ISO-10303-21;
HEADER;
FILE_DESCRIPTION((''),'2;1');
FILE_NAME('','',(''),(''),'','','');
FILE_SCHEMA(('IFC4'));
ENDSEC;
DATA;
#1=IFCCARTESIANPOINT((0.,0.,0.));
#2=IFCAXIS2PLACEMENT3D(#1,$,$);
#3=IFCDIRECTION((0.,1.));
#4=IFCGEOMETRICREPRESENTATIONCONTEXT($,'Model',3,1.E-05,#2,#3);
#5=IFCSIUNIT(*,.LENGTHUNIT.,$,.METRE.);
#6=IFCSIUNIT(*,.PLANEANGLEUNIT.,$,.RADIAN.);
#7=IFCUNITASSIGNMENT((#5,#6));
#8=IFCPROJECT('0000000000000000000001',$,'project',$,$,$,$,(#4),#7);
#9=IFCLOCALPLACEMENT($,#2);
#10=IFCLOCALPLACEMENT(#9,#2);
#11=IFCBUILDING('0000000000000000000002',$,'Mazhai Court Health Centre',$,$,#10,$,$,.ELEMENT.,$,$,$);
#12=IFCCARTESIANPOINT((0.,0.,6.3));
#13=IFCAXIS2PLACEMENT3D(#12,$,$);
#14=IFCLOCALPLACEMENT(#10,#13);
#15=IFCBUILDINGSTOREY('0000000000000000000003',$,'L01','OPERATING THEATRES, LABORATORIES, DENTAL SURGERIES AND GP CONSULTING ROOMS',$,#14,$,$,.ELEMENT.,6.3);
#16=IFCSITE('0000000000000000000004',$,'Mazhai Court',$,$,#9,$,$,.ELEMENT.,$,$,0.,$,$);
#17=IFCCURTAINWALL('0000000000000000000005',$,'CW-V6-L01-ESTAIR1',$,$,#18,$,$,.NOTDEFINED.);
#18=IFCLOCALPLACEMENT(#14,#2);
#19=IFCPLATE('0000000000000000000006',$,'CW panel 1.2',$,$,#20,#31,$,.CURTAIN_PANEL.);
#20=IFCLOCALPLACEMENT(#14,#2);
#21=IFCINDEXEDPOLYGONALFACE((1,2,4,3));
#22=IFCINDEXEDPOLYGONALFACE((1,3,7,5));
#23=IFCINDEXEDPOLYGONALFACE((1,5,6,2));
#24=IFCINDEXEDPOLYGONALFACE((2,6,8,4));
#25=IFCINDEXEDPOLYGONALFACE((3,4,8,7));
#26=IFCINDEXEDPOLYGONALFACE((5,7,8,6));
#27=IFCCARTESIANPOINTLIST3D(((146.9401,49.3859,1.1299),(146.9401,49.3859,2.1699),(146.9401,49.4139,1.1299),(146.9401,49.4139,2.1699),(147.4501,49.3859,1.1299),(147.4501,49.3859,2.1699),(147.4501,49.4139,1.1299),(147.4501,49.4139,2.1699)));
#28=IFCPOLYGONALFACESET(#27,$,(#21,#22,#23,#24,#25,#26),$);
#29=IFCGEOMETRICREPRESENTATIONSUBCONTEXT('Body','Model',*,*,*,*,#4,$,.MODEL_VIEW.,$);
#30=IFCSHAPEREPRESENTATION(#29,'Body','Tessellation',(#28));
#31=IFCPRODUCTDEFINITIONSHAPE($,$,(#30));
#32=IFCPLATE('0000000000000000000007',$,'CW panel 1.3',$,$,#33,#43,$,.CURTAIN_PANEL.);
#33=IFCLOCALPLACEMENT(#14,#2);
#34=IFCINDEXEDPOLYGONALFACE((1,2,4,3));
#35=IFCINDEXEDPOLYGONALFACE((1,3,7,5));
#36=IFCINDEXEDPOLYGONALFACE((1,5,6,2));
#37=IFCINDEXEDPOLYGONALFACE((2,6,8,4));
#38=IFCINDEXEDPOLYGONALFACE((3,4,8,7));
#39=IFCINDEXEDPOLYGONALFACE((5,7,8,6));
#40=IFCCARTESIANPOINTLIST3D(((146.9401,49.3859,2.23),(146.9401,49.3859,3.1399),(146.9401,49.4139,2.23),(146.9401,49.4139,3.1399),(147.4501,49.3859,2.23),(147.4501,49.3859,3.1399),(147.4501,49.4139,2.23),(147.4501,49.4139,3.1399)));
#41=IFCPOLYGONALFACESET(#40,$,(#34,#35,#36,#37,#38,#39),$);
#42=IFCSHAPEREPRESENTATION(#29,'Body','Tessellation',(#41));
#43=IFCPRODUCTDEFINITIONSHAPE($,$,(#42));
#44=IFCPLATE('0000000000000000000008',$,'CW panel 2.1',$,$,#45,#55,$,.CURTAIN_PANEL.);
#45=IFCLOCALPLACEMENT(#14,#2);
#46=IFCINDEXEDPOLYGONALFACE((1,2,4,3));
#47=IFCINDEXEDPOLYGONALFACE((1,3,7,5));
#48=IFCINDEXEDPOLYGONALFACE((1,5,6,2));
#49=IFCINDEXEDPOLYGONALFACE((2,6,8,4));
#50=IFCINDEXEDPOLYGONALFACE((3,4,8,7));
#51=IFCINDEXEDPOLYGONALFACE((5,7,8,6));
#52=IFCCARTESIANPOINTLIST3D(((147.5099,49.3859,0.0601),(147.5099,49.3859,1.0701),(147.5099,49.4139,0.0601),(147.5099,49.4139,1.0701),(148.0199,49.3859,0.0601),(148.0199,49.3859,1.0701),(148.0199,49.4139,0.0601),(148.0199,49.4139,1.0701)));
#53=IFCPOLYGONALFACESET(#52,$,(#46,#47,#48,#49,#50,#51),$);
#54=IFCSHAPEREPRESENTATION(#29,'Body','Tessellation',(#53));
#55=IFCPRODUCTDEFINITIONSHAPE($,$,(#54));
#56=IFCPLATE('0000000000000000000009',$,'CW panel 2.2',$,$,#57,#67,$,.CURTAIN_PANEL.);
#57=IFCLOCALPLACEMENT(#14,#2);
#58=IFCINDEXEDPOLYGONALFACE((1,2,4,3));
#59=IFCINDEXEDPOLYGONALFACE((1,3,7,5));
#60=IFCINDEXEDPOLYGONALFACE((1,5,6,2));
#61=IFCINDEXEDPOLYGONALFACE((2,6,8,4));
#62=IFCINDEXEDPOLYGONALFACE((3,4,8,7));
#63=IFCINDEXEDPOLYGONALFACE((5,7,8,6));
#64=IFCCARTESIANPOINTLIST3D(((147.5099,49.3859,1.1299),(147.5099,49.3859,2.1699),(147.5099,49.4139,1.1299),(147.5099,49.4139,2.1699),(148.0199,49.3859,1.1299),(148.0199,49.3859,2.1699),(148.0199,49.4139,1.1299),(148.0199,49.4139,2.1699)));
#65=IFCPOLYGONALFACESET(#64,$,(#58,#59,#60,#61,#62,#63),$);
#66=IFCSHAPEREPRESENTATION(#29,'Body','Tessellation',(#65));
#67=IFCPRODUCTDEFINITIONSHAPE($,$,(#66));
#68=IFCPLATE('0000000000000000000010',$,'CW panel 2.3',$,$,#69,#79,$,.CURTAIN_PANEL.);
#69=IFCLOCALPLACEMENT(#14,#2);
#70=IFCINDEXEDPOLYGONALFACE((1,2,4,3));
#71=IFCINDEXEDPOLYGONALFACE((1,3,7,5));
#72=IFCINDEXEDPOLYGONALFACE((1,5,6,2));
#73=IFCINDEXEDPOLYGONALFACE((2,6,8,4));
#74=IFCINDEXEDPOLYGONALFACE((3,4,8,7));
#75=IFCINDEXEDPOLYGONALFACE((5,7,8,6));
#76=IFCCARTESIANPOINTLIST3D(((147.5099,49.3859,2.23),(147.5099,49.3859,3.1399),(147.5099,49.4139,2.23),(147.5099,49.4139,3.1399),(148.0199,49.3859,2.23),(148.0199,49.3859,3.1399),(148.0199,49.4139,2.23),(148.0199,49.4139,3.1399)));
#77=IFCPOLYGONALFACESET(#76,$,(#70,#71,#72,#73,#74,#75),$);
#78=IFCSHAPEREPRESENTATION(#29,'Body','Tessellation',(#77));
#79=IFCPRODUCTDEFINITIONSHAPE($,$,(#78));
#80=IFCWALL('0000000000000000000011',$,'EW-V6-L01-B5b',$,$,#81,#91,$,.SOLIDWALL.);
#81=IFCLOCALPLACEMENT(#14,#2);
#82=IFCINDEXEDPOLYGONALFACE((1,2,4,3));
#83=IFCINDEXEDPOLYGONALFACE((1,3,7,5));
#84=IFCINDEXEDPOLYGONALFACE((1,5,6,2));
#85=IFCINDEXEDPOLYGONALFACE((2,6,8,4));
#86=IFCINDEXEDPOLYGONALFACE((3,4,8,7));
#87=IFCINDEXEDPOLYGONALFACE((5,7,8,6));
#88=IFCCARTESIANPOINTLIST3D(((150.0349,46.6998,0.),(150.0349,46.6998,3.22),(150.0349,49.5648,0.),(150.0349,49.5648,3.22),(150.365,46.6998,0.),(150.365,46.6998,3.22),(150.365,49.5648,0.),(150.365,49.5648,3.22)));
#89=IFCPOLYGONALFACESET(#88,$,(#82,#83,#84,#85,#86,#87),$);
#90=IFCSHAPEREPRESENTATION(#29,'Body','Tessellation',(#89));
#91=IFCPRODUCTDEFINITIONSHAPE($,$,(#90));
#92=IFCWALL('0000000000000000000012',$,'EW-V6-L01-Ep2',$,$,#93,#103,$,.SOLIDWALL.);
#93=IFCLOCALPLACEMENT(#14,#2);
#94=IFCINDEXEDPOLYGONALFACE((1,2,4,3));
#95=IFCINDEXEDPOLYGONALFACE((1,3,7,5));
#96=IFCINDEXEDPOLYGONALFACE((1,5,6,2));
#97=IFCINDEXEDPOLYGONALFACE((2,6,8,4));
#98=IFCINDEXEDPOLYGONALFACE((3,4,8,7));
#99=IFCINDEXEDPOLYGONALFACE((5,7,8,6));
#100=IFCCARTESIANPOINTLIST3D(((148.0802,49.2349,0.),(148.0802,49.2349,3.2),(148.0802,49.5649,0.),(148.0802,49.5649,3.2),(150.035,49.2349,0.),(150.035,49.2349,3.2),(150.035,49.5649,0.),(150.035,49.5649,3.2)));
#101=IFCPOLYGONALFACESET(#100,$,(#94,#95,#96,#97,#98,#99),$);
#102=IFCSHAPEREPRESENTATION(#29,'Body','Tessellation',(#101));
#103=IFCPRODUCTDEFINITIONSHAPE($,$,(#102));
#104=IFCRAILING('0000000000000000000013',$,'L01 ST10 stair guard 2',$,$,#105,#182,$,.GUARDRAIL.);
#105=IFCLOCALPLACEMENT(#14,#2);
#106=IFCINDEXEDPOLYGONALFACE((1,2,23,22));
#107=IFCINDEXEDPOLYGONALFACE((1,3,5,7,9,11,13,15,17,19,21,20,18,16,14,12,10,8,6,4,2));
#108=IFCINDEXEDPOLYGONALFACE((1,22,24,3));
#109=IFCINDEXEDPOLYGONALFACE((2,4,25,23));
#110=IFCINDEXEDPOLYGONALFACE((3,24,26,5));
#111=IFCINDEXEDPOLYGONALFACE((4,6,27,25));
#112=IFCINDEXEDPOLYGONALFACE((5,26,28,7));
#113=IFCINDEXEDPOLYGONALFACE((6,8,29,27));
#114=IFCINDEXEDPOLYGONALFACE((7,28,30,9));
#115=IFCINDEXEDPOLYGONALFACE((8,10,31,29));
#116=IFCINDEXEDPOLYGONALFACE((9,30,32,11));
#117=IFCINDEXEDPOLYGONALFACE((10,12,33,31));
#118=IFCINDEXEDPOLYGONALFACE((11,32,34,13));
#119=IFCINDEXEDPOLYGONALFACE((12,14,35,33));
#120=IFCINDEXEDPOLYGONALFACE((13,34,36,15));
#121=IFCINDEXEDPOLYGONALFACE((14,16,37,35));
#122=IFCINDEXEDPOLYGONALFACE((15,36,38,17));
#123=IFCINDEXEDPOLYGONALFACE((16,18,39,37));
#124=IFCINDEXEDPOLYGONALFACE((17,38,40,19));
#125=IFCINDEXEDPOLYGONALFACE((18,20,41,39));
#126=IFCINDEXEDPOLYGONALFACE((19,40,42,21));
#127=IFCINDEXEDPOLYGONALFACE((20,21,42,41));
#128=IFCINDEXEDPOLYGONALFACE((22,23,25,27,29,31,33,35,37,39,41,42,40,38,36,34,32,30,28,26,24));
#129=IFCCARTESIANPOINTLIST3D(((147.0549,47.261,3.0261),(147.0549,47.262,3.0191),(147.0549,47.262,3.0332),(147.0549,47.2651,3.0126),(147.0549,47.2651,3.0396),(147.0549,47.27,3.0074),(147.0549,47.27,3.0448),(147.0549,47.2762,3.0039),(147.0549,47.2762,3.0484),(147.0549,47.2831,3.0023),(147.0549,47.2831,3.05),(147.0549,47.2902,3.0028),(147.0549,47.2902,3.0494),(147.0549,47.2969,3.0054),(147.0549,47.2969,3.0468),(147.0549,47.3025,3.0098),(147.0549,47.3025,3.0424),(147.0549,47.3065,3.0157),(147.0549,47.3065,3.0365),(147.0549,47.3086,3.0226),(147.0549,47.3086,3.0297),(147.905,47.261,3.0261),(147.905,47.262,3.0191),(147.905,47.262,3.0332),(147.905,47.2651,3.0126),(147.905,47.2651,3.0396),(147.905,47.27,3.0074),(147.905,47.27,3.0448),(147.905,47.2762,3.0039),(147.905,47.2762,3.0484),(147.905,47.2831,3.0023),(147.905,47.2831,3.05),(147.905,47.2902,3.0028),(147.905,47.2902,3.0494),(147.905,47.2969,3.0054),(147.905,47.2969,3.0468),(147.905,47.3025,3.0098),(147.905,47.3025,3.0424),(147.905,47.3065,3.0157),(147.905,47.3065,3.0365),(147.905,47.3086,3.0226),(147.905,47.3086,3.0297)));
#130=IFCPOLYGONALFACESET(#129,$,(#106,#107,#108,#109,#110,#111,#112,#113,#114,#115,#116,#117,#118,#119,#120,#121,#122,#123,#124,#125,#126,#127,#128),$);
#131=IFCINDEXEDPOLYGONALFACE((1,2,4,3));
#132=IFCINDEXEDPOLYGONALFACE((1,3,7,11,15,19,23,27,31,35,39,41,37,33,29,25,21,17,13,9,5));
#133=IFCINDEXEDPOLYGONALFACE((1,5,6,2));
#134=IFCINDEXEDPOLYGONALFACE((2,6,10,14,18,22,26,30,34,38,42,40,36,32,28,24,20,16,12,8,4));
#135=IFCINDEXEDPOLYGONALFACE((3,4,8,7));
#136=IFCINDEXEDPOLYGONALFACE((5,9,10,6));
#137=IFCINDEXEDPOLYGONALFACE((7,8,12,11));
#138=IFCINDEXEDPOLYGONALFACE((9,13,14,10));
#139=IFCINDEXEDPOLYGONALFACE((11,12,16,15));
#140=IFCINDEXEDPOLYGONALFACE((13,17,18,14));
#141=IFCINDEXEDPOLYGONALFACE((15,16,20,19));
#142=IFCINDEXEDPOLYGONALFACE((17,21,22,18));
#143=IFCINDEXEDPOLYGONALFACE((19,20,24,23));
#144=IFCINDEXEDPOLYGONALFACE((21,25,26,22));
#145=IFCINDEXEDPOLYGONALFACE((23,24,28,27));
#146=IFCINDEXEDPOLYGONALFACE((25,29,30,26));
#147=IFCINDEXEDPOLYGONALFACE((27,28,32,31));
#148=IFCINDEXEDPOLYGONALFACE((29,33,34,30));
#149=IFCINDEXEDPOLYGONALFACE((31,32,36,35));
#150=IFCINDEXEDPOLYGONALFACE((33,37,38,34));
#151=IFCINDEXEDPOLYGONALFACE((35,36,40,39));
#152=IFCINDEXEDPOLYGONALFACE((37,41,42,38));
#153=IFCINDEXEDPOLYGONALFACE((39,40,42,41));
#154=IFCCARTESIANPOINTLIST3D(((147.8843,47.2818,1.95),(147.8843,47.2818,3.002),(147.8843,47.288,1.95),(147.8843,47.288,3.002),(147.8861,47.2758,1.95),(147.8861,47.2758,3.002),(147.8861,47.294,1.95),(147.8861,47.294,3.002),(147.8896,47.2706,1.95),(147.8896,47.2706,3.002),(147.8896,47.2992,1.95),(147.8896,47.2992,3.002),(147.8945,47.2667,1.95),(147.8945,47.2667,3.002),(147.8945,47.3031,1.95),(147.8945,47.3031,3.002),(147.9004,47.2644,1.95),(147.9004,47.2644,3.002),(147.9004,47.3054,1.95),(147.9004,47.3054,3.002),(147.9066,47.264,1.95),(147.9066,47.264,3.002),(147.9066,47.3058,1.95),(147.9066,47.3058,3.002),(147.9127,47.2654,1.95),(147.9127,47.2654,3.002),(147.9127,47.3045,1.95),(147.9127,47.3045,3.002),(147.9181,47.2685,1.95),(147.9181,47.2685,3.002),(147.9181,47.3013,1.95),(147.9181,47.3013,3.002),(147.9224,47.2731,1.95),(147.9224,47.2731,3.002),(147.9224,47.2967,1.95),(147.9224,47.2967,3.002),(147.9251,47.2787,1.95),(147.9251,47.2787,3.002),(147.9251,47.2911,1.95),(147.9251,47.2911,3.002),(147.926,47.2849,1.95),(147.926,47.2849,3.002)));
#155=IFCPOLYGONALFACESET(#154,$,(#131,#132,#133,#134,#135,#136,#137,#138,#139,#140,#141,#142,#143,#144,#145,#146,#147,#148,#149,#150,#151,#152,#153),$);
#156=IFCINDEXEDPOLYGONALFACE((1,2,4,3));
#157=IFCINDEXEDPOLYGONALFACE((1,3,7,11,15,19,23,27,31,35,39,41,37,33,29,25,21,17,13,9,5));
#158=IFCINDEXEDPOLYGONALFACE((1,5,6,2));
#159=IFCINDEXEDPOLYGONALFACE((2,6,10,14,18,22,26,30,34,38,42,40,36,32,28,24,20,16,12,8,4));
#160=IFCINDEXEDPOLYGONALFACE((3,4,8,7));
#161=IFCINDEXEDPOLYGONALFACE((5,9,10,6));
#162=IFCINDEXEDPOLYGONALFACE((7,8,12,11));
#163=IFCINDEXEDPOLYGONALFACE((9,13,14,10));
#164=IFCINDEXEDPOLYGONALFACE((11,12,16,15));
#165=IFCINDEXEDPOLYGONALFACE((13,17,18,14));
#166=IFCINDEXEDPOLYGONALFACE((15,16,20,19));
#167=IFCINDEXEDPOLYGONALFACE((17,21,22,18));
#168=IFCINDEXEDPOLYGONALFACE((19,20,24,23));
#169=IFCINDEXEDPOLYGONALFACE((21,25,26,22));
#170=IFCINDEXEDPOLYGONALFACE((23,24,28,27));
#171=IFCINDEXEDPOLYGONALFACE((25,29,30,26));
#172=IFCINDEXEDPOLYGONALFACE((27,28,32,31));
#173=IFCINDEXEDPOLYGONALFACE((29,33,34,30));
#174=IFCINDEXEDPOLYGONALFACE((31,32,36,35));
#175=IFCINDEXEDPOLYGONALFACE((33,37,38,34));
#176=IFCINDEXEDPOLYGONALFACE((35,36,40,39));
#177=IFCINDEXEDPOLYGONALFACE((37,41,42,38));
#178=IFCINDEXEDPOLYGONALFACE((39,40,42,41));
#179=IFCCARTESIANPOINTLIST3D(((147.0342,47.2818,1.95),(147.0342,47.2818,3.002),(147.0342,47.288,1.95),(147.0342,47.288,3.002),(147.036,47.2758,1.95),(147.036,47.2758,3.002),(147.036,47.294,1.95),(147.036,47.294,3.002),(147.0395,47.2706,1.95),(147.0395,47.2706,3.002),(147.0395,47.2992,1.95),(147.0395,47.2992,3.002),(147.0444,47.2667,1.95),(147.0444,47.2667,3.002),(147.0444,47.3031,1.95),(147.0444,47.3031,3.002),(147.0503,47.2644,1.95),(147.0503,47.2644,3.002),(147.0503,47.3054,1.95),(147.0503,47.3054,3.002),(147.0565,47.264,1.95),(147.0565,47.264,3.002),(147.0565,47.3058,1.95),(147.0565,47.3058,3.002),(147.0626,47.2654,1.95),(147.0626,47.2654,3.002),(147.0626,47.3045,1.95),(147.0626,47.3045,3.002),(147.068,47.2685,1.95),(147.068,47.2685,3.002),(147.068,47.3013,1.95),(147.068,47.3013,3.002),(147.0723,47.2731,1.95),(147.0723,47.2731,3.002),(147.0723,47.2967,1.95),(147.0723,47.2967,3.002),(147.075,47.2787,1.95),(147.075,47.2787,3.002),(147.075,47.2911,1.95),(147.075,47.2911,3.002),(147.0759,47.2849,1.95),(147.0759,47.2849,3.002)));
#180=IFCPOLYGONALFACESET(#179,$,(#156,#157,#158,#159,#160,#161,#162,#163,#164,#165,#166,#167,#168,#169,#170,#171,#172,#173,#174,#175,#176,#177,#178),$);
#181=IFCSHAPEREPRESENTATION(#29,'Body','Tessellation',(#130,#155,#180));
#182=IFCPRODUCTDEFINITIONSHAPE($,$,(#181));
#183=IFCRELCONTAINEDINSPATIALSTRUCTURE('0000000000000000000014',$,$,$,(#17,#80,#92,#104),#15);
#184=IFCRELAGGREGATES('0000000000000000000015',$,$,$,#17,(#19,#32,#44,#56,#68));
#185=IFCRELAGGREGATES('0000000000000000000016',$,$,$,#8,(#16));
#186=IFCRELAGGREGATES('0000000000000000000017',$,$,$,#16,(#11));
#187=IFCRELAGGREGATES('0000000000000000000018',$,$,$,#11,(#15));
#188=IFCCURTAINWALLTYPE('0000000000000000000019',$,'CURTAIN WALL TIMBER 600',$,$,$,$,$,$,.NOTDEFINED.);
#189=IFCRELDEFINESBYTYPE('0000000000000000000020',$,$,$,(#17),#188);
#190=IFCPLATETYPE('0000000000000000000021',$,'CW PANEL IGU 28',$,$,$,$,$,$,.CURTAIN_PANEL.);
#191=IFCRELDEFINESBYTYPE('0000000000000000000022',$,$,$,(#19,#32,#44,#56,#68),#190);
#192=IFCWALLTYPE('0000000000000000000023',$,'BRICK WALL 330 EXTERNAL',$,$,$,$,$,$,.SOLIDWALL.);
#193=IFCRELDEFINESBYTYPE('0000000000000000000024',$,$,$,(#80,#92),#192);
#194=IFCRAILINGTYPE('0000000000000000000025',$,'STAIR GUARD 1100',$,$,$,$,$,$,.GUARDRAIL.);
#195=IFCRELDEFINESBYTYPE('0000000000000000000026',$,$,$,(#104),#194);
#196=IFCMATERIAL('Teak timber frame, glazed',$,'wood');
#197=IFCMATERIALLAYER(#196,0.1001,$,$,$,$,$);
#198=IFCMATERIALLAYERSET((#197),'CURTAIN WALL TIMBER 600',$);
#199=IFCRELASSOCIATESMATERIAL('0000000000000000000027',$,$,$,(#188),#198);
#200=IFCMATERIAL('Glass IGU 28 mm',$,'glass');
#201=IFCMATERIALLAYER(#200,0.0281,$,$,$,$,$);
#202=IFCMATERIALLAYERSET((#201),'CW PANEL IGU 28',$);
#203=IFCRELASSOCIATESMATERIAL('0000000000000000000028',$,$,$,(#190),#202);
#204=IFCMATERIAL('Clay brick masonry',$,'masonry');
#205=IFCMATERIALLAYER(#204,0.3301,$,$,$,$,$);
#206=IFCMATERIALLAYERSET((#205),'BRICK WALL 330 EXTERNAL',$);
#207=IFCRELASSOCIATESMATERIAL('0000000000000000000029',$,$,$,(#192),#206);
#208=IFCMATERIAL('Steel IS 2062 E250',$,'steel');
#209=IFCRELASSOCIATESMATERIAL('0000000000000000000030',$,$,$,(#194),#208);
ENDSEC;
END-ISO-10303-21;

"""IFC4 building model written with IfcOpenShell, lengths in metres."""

from ifc_helpers import new_model, si_unit, direction, frame, frame_2d, origin, origin_2d, place, context, subcontext, project, spatial, rectangle, circle, extrude, material, layer, layer_set, type_object, element, aggregate, save


model = new_model("IFC4")

# Units and contexts
model_context = context("Model", 3, precision=1e-05, world=origin(), true_north=direction((0.0, 1.0)))
body_context = subcontext(model_context, "Body", "Model", "MODEL_VIEW")
ifc_project = project(units=[si_unit("LENGTHUNIT", "METRE"), si_unit("PLANEANGLEUNIT", "RADIAN")], contexts=[model_context])

# Site, building, storey
site_placement = place(None, origin())
site = spatial("IfcSite", under=ifc_project, at=site_placement, Name="Mazhai Court", CompositionType="ELEMENT", RefElevation=0.0)
building_placement = place(site_placement, origin())
building = spatial("IfcBuilding", under=site, at=building_placement, Name="Mazhai Court Health Centre", CompositionType="ELEMENT")
storey_placement = place(building_placement, frame((0.0, 0.0, 6.3)))
storey = spatial("IfcBuildingStorey", under=building, at=storey_placement, Name="L01", Description="OPERATING THEATRES, LABORATORIES, DENTAL SURGERIES AND GP CONSULTING ROOMS", CompositionType="ELEMENT", Elevation=6.3)

# Curtain wall, plates
ifc_material_1 = material(Name="Teak timber frame, glazed", Category="wood")
ifc_layer_1 = layer(ifc_material_1, 0.1001)
ifc_layer_set_1 = layer_set([ifc_layer_1], Name="CURTAIN WALL TIMBER 600")
curtain_wall_type = type_object("IfcCurtainWallType", Name="CURTAIN WALL TIMBER 600", PredefinedType="NOTDEFINED", material=ifc_layer_set_1)
curtain_wall_placement = place(storey_placement, origin())
curtain_wall = element("IfcCurtainWall", 1, at=curtain_wall_placement, inside=storey, type_object=curtain_wall_type, Name="CW-V6-L01-ESTAIR1", PredefinedType="NOTDEFINED")
ifc_material_2 = material(Name="Glass IGU 28 mm", Category="glass")
ifc_layer_2 = layer(ifc_material_2, 0.0281)
ifc_layer_set_2 = layer_set([ifc_layer_2], Name="CW PANEL IGU 28")
plate_type = type_object("IfcPlateType", Name="CW PANEL IGU 28", PredefinedType="CURTAIN_PANEL", material=ifc_layer_set_2)
plate_1_placement = place(storey_placement, frame((147.1951, 49.3999, 1.1299), z_axis=(0.0, 0.0, 1.0), x_axis=(1.0, 0.0, 0.0)))
plate_1 = element("IfcPlate", 2, at=plate_1_placement, type_object=plate_type, Name="CW panel 1.2", PredefinedType="CURTAIN_PANEL", context=body_context, shape_type="SweptSolid", body=[
    extrude(rectangle(XDim=0.51, YDim=0.0281, at=origin_2d()), origin(), (0.0, 0.0, 1.0), 1.04),
])
plate_2_placement = place(storey_placement, frame((147.1951, 49.3999, 2.23), z_axis=(0.0, 0.0, 1.0), x_axis=(1.0, 0.0, 0.0)))
plate_2 = element("IfcPlate", 3, at=plate_2_placement, type_object=plate_type, Name="CW panel 1.3", PredefinedType="CURTAIN_PANEL", context=body_context, shape_type="SweptSolid", body=[
    extrude(rectangle(XDim=0.51, YDim=0.0281, at=origin_2d()), origin(), (0.0, 0.0, 1.0), 0.9099),
])
plate_3_placement = place(storey_placement, frame((147.7649, 49.3999, 0.0601), z_axis=(0.0, 0.0, 1.0), x_axis=(1.0, 0.0, 0.0)))
plate_3 = element("IfcPlate", 4, at=plate_3_placement, type_object=plate_type, Name="CW panel 2.1", PredefinedType="CURTAIN_PANEL", context=body_context, shape_type="SweptSolid", body=[
    extrude(rectangle(XDim=0.51, YDim=0.0281, at=origin_2d()), origin(), (0.0, 0.0, 1.0), 1.01),
])
plate_4_placement = place(storey_placement, frame((147.7649, 49.3999, 1.1299), z_axis=(0.0, 0.0, 1.0), x_axis=(1.0, 0.0, 0.0)))
plate_4 = element("IfcPlate", 5, at=plate_4_placement, type_object=plate_type, Name="CW panel 2.2", PredefinedType="CURTAIN_PANEL", context=body_context, shape_type="SweptSolid", body=[
    extrude(rectangle(XDim=0.51, YDim=0.0281, at=origin_2d()), origin(), (0.0, 0.0, 1.0), 1.04),
])
plate_5_placement = place(storey_placement, frame((147.7649, 49.3999, 2.23), z_axis=(0.0, 0.0, 1.0), x_axis=(1.0, 0.0, 0.0)))
plate_5 = element("IfcPlate", 6, at=plate_5_placement, type_object=plate_type, Name="CW panel 2.3", PredefinedType="CURTAIN_PANEL", context=body_context, shape_type="SweptSolid", body=[
    extrude(rectangle(XDim=0.51, YDim=0.0281, at=origin_2d()), origin(), (0.0, 0.0, 1.0), 0.9099),
])
aggregate(curtain_wall, [plate_1, plate_2, plate_3, plate_4, plate_5])

# Walls
ifc_material_3 = material(Name="Clay brick masonry", Category="masonry")
ifc_layer_3 = layer(ifc_material_3, 0.3301)
ifc_layer_set_3 = layer_set([ifc_layer_3], Name="BRICK WALL 330 EXTERNAL")
wall_type = type_object("IfcWallType", Name="BRICK WALL 330 EXTERNAL", PredefinedType="SOLIDWALL", material=ifc_layer_set_3)
wall_1_placement = place(storey_placement, frame((150.2, 49.5649, 0.0), z_axis=(0.0, 0.0, 1.0), x_axis=(0.0, -1.0, 0.0)))
element("IfcWall", 7, at=wall_1_placement, inside=storey, type_object=wall_type, Name="EW-V6-L01-B5b", PredefinedType="SOLIDWALL", context=body_context, shape_type="SweptSolid", body=[
    extrude(rectangle(XDim=2.865, YDim=0.3301, at=frame_2d((1.4326, 0.0))), origin(), (0.0, 0.0, 1.0), 3.22),
])
wall_2_placement = place(storey_placement, frame((148.0801, 49.3999, 0.0), z_axis=(0.0, 0.0, 1.0), x_axis=(1.0, 0.0, 0.0)))
element("IfcWall", 8, at=wall_2_placement, inside=storey, type_object=wall_type, Name="EW-V6-L01-Ep2", PredefinedType="SOLIDWALL", context=body_context, shape_type="SweptSolid", body=[
    extrude(rectangle(XDim=1.9548, YDim=0.3301, at=frame_2d((0.9775, 0.0))), origin(), (0.0, 0.0, 1.0), 3.2),
])

# Railing
ifc_material_4 = material(Name="Steel IS 2062 E250", Category="steel")
railing_type = type_object("IfcRailingType", Name="STAIR GUARD 1100", PredefinedType="GUARDRAIL", material=ifc_material_4)
railing_placement = place(storey_placement, frame((147.905, 47.2849, 1.95)))
element("IfcRailing", 9, at=railing_placement, inside=storey, type_object=railing_type, Name="L01 ST10 stair guard 2", PredefinedType="GUARDRAIL", context=body_context, shape_type="SweptSolid", body=[
    extrude(circle(Radius=0.0239, at=origin_2d()), frame((0.0, 0.0, 1.0762), z_axis=(-1.0, 0.0, 0.0), x_axis=(0.0, -1.0, 0.0)), (0.0, 0.0, 1.0), 0.8501),
    extrude(circle(Radius=0.021, at=origin_2d()), origin(), (0.0, 0.0, 1.0), 1.052),
    extrude(circle(Radius=0.021, at=origin_2d()), frame((-0.8501, 0.0, 0.0)), (0.0, 0.0, 1.0), 1.052),
])

save(model, "model.ifc")
